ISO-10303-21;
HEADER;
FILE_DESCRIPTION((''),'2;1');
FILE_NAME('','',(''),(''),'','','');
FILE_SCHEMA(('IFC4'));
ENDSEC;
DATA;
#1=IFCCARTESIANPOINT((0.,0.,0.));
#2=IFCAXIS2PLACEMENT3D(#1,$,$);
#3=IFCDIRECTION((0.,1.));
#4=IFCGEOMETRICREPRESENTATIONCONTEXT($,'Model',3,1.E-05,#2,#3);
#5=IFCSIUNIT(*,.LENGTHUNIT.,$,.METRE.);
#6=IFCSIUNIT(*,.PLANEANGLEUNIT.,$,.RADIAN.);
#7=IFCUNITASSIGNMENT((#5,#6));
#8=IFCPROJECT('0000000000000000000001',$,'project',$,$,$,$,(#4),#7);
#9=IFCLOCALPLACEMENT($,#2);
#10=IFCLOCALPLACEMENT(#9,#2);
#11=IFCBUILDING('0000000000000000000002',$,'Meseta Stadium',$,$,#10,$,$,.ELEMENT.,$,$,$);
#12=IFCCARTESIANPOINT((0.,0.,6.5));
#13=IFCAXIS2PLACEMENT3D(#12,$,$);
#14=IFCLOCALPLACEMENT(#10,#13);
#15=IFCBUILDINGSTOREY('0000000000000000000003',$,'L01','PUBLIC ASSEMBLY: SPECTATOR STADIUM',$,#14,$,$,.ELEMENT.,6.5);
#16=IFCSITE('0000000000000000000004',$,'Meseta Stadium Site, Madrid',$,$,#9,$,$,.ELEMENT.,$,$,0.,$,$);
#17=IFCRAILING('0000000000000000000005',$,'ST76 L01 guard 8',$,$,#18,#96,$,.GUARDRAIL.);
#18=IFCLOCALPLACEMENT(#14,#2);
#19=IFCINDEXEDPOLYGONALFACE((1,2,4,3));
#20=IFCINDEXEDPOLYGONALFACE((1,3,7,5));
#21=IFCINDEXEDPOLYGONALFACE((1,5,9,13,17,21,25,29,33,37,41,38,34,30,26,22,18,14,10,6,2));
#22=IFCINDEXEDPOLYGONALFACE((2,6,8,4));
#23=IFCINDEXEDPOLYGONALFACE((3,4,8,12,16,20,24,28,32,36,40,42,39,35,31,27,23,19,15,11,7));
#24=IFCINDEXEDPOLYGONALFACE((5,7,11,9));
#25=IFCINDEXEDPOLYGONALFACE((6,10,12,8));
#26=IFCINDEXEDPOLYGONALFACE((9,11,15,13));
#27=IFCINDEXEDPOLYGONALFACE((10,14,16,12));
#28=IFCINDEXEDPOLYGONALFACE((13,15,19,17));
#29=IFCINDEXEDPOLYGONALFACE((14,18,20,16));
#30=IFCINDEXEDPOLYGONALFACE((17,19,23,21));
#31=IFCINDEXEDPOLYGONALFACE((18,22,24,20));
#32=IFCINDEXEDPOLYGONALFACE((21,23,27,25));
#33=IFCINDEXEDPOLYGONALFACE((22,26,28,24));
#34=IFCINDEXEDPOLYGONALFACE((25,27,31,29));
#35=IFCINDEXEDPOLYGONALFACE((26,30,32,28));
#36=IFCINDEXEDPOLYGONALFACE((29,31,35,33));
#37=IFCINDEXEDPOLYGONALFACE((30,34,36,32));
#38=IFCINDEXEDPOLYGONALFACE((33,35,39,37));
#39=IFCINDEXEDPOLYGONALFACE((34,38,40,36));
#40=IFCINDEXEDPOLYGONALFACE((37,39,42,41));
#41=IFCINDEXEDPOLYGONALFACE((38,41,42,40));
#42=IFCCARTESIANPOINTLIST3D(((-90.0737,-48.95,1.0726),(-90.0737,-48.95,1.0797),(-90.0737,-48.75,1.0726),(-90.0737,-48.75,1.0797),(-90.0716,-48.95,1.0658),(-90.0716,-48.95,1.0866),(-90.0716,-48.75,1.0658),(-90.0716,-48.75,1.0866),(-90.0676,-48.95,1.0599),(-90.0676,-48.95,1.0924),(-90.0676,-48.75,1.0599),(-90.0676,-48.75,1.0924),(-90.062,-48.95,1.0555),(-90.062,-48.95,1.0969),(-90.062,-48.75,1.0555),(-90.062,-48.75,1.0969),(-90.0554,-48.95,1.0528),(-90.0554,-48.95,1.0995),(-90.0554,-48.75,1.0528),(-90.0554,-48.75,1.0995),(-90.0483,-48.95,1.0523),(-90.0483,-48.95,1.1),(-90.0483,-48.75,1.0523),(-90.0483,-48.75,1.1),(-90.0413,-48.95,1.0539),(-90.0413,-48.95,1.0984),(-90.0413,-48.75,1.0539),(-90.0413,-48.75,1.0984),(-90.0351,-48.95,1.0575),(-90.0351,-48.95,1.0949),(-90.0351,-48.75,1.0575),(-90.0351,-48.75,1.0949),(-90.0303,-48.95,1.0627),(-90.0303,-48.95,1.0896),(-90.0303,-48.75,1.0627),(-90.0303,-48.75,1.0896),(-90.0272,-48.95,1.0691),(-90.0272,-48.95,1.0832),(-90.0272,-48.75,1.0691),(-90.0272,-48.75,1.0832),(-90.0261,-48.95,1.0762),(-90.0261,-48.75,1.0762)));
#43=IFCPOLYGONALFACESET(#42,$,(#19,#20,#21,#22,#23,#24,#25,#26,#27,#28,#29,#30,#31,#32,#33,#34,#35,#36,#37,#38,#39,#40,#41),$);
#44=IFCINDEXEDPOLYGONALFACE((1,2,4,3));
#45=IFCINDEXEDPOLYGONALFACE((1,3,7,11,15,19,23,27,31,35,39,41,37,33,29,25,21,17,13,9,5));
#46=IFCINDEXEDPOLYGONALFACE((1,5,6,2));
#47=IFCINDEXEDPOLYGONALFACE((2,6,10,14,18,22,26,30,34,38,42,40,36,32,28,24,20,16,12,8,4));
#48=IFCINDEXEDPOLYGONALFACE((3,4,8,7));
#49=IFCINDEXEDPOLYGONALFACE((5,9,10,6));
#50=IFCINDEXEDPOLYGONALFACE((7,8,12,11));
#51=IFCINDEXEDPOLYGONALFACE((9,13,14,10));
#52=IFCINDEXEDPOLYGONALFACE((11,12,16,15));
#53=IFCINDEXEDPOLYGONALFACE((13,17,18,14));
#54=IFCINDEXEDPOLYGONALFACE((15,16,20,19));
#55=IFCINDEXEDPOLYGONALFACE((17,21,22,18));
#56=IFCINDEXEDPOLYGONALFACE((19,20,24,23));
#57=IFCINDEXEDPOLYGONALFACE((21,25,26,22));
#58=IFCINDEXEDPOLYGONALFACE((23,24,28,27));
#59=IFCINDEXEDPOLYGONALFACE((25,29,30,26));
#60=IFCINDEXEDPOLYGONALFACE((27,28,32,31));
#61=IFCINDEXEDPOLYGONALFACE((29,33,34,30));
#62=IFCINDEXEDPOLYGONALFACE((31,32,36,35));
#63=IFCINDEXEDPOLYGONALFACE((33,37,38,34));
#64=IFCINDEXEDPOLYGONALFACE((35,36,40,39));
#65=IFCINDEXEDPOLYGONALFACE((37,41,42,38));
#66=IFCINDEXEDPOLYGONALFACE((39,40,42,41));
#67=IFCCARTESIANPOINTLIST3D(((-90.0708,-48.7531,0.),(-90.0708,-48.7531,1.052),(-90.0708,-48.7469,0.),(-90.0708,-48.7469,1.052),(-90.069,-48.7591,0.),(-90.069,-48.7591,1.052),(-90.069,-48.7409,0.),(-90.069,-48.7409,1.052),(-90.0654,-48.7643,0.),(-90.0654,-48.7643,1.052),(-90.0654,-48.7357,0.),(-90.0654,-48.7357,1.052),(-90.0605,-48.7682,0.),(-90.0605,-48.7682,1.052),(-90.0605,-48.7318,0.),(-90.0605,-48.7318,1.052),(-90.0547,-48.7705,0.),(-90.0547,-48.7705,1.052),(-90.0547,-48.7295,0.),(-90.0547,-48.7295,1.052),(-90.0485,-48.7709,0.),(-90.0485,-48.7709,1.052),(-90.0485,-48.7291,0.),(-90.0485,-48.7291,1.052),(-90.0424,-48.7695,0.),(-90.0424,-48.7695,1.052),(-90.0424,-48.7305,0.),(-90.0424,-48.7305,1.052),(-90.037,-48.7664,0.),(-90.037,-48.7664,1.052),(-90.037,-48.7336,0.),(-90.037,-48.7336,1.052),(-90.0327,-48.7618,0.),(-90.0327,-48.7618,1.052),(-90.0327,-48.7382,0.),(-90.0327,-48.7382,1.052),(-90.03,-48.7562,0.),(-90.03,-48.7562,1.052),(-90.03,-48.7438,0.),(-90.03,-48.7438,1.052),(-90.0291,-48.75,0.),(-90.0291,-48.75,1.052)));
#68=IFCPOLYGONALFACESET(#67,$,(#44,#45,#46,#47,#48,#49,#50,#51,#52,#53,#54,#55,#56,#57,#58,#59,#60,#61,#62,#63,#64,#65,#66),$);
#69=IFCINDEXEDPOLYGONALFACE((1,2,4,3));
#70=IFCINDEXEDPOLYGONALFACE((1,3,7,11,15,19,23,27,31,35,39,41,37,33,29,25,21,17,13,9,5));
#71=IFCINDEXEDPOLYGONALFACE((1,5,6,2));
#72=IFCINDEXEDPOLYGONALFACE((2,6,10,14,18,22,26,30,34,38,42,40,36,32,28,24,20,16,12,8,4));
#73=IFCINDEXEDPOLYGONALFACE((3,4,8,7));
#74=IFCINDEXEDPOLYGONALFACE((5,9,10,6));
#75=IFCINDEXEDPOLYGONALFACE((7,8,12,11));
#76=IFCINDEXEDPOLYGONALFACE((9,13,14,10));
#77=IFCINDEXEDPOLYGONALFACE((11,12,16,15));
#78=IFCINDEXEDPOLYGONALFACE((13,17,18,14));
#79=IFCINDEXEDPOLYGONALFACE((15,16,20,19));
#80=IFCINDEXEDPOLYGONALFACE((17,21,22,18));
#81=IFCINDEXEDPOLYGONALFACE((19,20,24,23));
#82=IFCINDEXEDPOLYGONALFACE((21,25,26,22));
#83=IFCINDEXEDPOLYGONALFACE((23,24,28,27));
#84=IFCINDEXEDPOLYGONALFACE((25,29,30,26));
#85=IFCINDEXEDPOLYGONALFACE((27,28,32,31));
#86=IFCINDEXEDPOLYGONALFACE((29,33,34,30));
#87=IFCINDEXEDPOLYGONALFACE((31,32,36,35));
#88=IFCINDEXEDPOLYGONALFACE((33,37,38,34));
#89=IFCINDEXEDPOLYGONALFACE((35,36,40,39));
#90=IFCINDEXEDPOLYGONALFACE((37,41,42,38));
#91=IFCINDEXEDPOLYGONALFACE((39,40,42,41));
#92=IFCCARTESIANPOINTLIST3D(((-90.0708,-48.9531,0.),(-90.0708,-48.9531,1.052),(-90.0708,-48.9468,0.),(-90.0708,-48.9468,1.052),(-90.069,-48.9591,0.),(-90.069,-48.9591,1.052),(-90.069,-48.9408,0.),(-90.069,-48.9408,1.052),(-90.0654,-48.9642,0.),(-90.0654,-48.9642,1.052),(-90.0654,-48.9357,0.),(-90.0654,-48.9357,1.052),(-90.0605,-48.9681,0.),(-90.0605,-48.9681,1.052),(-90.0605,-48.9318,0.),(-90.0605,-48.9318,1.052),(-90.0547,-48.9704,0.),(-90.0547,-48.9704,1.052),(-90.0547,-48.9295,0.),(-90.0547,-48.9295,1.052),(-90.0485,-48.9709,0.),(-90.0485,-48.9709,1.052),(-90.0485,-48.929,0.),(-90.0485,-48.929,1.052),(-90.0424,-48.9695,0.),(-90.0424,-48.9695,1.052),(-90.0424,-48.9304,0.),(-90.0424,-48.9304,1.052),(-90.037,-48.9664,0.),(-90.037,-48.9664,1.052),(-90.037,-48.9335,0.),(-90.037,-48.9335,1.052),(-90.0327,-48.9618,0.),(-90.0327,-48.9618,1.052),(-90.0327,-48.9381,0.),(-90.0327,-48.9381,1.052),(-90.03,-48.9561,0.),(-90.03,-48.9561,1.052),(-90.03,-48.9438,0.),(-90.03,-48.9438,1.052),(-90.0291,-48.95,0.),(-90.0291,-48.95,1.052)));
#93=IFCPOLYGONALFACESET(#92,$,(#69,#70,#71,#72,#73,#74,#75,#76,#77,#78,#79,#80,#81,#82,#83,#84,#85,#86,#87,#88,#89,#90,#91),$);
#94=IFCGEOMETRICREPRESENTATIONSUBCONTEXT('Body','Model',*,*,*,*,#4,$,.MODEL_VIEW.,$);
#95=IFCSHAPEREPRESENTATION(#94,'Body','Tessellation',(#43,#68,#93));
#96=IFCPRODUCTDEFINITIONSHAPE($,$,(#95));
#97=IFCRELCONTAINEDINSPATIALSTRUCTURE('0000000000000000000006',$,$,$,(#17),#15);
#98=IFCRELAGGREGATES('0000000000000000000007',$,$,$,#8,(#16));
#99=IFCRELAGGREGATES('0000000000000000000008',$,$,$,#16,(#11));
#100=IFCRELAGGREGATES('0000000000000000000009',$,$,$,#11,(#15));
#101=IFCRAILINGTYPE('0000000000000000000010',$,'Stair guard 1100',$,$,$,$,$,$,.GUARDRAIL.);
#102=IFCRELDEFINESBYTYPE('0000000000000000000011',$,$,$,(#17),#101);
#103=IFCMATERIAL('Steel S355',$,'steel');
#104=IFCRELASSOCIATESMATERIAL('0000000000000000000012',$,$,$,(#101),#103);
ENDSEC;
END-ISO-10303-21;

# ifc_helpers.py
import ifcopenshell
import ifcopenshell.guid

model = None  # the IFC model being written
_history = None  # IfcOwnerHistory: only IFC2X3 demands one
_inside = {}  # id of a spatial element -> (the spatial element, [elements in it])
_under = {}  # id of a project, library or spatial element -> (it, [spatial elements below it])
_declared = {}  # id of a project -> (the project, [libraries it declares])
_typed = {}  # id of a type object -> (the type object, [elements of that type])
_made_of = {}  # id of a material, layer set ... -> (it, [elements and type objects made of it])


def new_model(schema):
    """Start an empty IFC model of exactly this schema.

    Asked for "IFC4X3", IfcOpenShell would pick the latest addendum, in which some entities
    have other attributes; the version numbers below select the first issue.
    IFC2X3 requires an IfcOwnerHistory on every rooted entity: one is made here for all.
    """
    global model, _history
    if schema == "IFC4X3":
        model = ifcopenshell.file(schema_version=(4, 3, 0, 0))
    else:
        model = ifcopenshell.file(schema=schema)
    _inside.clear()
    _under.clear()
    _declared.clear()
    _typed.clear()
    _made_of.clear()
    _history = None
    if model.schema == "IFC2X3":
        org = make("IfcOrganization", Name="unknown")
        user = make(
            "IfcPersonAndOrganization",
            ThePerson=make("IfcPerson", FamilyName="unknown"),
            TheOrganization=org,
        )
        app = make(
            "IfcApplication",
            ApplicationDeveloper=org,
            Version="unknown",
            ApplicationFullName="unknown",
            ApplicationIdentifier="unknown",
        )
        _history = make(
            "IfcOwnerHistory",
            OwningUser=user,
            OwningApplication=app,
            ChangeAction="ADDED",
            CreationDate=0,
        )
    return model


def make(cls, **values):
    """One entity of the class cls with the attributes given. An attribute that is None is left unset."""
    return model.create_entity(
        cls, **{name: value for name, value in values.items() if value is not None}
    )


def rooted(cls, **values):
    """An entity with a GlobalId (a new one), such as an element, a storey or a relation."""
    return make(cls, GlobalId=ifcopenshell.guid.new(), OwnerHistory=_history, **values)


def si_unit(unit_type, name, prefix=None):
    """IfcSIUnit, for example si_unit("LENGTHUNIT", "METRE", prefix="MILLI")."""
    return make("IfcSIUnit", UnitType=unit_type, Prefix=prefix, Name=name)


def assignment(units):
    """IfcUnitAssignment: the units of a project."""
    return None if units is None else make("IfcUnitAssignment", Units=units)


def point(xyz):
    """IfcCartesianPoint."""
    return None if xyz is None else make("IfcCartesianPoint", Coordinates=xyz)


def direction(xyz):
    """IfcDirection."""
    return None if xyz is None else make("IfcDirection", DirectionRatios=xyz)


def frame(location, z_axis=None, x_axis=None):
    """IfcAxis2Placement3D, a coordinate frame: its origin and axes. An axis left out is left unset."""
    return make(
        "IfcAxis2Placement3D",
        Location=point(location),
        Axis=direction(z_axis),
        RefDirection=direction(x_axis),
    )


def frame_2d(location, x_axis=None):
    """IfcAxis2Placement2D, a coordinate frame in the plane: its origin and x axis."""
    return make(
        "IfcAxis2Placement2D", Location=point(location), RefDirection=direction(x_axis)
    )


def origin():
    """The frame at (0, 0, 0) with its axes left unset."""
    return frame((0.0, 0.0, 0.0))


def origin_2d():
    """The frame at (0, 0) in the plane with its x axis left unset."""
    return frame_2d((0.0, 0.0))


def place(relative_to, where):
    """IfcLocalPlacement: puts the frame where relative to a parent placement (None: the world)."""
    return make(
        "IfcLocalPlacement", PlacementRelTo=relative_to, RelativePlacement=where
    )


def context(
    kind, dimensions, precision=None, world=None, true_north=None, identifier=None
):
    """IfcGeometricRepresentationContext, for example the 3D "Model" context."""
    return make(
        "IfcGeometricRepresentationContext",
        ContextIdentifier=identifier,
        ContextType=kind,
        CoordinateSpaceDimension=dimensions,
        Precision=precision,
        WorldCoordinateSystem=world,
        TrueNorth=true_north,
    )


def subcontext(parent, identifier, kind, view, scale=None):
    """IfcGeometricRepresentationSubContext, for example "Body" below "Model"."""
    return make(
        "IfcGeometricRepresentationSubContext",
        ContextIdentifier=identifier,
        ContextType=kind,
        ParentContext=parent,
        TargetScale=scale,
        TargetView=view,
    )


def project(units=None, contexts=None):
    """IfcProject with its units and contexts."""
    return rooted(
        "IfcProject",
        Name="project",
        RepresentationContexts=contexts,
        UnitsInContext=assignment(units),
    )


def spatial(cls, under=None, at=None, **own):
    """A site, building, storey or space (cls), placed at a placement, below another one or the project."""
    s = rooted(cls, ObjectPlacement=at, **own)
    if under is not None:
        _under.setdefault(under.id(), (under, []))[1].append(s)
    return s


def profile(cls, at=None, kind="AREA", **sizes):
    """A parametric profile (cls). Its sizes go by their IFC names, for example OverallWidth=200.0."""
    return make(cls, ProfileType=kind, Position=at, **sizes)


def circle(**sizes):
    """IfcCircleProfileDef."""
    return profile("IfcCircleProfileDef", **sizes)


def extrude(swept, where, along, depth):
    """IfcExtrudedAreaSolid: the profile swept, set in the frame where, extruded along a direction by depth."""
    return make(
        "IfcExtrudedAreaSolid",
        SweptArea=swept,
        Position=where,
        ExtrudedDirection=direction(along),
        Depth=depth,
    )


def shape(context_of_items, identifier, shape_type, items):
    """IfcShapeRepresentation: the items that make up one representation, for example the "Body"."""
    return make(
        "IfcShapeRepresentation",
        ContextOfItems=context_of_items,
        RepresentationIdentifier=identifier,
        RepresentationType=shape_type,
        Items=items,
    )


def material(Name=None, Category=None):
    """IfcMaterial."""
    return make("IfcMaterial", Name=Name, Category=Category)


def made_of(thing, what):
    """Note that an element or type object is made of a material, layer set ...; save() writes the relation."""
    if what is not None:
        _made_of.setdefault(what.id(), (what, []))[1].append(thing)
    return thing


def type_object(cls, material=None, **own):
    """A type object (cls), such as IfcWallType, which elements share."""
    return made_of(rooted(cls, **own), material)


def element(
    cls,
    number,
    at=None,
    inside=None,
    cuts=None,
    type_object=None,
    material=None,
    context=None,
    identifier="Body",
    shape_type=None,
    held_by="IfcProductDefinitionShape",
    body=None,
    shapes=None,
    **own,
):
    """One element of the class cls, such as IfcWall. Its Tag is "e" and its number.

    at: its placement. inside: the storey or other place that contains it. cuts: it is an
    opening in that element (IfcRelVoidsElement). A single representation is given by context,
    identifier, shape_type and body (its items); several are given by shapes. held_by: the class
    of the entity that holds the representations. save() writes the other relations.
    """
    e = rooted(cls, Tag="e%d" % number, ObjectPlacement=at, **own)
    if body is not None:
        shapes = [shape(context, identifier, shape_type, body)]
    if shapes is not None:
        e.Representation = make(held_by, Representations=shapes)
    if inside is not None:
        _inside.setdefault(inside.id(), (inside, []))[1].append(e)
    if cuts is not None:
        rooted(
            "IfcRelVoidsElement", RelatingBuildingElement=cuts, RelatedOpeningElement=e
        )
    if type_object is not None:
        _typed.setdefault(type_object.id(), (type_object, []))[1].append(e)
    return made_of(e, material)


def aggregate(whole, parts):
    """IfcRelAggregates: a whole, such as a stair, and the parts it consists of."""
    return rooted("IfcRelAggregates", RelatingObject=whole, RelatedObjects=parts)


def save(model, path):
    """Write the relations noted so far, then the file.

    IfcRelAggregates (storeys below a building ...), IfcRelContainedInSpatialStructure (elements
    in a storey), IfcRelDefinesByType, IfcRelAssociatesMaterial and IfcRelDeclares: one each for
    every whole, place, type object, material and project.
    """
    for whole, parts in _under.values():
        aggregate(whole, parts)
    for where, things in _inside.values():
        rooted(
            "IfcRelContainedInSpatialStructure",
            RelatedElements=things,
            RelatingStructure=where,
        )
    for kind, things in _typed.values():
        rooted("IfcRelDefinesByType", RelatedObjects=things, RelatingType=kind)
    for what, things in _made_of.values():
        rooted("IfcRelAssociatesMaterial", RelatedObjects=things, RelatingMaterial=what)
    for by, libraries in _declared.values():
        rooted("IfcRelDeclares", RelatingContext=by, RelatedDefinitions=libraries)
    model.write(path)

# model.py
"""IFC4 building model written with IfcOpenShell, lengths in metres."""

from ifc_helpers import new_model, si_unit, direction, frame, origin, origin_2d, place, context, subcontext, project, spatial, circle, extrude, material, type_object, element, save


model = new_model("IFC4")

# Units and contexts
model_context = context("Model", 3, precision=1e-05, world=origin(), true_north=direction((0.0, 1.0)))
body_context = subcontext(model_context, "Body", "Model", "MODEL_VIEW")
ifc_project = project(units=[si_unit("LENGTHUNIT", "METRE"), si_unit("PLANEANGLEUNIT", "RADIAN")], contexts=[model_context])

# Site, building, storey
site_placement = place(None, origin())
site = spatial("IfcSite", under=ifc_project, at=site_placement, Name="Meseta Stadium Site, Madrid", CompositionType="ELEMENT", RefElevation=0.0)
building_placement = place(site_placement, origin())
building = spatial("IfcBuilding", under=site, at=building_placement, Name="Meseta Stadium", CompositionType="ELEMENT")
storey_placement = place(building_placement, frame((0.0, 0.0, 6.5)))
storey = spatial("IfcBuildingStorey", under=building, at=storey_placement, Name="L01", Description="PUBLIC ASSEMBLY: SPECTATOR STADIUM", CompositionType="ELEMENT", Elevation=6.5)

# Railing
ifc_material_1 = material(Name="Steel S355", Category="steel")
railing_type_1 = type_object("IfcRailingType", Name="Stair guard 1100", PredefinedType="GUARDRAIL", material=ifc_material_1)
railing_1_placement = place(storey_placement, frame((-90.05, -48.75, 0.0)))
element("IfcRailing", 1, at=railing_1_placement, inside=storey, type_object=railing_type_1, Name="ST76 L01 guard 8", PredefinedType="GUARDRAIL", context=body_context, shape_type="SweptSolid", body=[
    extrude(circle(Radius=0.0239, at=origin_2d()), frame((0.0, 0.0, 1.0762), z_axis=(0.0, -1.0, 0.0), x_axis=(1.0, 0.0, 0.0)), (0.0, 0.0, 1.0), 0.2),
    extrude(circle(Radius=0.021, at=origin_2d()), origin(), (0.0, 0.0, 1.0), 1.052),
    extrude(circle(Radius=0.021, at=origin_2d()), frame((0.0, -0.2, 0.0)), (0.0, 0.0, 1.0), 1.052),
])

save(model, "model.ifc")
